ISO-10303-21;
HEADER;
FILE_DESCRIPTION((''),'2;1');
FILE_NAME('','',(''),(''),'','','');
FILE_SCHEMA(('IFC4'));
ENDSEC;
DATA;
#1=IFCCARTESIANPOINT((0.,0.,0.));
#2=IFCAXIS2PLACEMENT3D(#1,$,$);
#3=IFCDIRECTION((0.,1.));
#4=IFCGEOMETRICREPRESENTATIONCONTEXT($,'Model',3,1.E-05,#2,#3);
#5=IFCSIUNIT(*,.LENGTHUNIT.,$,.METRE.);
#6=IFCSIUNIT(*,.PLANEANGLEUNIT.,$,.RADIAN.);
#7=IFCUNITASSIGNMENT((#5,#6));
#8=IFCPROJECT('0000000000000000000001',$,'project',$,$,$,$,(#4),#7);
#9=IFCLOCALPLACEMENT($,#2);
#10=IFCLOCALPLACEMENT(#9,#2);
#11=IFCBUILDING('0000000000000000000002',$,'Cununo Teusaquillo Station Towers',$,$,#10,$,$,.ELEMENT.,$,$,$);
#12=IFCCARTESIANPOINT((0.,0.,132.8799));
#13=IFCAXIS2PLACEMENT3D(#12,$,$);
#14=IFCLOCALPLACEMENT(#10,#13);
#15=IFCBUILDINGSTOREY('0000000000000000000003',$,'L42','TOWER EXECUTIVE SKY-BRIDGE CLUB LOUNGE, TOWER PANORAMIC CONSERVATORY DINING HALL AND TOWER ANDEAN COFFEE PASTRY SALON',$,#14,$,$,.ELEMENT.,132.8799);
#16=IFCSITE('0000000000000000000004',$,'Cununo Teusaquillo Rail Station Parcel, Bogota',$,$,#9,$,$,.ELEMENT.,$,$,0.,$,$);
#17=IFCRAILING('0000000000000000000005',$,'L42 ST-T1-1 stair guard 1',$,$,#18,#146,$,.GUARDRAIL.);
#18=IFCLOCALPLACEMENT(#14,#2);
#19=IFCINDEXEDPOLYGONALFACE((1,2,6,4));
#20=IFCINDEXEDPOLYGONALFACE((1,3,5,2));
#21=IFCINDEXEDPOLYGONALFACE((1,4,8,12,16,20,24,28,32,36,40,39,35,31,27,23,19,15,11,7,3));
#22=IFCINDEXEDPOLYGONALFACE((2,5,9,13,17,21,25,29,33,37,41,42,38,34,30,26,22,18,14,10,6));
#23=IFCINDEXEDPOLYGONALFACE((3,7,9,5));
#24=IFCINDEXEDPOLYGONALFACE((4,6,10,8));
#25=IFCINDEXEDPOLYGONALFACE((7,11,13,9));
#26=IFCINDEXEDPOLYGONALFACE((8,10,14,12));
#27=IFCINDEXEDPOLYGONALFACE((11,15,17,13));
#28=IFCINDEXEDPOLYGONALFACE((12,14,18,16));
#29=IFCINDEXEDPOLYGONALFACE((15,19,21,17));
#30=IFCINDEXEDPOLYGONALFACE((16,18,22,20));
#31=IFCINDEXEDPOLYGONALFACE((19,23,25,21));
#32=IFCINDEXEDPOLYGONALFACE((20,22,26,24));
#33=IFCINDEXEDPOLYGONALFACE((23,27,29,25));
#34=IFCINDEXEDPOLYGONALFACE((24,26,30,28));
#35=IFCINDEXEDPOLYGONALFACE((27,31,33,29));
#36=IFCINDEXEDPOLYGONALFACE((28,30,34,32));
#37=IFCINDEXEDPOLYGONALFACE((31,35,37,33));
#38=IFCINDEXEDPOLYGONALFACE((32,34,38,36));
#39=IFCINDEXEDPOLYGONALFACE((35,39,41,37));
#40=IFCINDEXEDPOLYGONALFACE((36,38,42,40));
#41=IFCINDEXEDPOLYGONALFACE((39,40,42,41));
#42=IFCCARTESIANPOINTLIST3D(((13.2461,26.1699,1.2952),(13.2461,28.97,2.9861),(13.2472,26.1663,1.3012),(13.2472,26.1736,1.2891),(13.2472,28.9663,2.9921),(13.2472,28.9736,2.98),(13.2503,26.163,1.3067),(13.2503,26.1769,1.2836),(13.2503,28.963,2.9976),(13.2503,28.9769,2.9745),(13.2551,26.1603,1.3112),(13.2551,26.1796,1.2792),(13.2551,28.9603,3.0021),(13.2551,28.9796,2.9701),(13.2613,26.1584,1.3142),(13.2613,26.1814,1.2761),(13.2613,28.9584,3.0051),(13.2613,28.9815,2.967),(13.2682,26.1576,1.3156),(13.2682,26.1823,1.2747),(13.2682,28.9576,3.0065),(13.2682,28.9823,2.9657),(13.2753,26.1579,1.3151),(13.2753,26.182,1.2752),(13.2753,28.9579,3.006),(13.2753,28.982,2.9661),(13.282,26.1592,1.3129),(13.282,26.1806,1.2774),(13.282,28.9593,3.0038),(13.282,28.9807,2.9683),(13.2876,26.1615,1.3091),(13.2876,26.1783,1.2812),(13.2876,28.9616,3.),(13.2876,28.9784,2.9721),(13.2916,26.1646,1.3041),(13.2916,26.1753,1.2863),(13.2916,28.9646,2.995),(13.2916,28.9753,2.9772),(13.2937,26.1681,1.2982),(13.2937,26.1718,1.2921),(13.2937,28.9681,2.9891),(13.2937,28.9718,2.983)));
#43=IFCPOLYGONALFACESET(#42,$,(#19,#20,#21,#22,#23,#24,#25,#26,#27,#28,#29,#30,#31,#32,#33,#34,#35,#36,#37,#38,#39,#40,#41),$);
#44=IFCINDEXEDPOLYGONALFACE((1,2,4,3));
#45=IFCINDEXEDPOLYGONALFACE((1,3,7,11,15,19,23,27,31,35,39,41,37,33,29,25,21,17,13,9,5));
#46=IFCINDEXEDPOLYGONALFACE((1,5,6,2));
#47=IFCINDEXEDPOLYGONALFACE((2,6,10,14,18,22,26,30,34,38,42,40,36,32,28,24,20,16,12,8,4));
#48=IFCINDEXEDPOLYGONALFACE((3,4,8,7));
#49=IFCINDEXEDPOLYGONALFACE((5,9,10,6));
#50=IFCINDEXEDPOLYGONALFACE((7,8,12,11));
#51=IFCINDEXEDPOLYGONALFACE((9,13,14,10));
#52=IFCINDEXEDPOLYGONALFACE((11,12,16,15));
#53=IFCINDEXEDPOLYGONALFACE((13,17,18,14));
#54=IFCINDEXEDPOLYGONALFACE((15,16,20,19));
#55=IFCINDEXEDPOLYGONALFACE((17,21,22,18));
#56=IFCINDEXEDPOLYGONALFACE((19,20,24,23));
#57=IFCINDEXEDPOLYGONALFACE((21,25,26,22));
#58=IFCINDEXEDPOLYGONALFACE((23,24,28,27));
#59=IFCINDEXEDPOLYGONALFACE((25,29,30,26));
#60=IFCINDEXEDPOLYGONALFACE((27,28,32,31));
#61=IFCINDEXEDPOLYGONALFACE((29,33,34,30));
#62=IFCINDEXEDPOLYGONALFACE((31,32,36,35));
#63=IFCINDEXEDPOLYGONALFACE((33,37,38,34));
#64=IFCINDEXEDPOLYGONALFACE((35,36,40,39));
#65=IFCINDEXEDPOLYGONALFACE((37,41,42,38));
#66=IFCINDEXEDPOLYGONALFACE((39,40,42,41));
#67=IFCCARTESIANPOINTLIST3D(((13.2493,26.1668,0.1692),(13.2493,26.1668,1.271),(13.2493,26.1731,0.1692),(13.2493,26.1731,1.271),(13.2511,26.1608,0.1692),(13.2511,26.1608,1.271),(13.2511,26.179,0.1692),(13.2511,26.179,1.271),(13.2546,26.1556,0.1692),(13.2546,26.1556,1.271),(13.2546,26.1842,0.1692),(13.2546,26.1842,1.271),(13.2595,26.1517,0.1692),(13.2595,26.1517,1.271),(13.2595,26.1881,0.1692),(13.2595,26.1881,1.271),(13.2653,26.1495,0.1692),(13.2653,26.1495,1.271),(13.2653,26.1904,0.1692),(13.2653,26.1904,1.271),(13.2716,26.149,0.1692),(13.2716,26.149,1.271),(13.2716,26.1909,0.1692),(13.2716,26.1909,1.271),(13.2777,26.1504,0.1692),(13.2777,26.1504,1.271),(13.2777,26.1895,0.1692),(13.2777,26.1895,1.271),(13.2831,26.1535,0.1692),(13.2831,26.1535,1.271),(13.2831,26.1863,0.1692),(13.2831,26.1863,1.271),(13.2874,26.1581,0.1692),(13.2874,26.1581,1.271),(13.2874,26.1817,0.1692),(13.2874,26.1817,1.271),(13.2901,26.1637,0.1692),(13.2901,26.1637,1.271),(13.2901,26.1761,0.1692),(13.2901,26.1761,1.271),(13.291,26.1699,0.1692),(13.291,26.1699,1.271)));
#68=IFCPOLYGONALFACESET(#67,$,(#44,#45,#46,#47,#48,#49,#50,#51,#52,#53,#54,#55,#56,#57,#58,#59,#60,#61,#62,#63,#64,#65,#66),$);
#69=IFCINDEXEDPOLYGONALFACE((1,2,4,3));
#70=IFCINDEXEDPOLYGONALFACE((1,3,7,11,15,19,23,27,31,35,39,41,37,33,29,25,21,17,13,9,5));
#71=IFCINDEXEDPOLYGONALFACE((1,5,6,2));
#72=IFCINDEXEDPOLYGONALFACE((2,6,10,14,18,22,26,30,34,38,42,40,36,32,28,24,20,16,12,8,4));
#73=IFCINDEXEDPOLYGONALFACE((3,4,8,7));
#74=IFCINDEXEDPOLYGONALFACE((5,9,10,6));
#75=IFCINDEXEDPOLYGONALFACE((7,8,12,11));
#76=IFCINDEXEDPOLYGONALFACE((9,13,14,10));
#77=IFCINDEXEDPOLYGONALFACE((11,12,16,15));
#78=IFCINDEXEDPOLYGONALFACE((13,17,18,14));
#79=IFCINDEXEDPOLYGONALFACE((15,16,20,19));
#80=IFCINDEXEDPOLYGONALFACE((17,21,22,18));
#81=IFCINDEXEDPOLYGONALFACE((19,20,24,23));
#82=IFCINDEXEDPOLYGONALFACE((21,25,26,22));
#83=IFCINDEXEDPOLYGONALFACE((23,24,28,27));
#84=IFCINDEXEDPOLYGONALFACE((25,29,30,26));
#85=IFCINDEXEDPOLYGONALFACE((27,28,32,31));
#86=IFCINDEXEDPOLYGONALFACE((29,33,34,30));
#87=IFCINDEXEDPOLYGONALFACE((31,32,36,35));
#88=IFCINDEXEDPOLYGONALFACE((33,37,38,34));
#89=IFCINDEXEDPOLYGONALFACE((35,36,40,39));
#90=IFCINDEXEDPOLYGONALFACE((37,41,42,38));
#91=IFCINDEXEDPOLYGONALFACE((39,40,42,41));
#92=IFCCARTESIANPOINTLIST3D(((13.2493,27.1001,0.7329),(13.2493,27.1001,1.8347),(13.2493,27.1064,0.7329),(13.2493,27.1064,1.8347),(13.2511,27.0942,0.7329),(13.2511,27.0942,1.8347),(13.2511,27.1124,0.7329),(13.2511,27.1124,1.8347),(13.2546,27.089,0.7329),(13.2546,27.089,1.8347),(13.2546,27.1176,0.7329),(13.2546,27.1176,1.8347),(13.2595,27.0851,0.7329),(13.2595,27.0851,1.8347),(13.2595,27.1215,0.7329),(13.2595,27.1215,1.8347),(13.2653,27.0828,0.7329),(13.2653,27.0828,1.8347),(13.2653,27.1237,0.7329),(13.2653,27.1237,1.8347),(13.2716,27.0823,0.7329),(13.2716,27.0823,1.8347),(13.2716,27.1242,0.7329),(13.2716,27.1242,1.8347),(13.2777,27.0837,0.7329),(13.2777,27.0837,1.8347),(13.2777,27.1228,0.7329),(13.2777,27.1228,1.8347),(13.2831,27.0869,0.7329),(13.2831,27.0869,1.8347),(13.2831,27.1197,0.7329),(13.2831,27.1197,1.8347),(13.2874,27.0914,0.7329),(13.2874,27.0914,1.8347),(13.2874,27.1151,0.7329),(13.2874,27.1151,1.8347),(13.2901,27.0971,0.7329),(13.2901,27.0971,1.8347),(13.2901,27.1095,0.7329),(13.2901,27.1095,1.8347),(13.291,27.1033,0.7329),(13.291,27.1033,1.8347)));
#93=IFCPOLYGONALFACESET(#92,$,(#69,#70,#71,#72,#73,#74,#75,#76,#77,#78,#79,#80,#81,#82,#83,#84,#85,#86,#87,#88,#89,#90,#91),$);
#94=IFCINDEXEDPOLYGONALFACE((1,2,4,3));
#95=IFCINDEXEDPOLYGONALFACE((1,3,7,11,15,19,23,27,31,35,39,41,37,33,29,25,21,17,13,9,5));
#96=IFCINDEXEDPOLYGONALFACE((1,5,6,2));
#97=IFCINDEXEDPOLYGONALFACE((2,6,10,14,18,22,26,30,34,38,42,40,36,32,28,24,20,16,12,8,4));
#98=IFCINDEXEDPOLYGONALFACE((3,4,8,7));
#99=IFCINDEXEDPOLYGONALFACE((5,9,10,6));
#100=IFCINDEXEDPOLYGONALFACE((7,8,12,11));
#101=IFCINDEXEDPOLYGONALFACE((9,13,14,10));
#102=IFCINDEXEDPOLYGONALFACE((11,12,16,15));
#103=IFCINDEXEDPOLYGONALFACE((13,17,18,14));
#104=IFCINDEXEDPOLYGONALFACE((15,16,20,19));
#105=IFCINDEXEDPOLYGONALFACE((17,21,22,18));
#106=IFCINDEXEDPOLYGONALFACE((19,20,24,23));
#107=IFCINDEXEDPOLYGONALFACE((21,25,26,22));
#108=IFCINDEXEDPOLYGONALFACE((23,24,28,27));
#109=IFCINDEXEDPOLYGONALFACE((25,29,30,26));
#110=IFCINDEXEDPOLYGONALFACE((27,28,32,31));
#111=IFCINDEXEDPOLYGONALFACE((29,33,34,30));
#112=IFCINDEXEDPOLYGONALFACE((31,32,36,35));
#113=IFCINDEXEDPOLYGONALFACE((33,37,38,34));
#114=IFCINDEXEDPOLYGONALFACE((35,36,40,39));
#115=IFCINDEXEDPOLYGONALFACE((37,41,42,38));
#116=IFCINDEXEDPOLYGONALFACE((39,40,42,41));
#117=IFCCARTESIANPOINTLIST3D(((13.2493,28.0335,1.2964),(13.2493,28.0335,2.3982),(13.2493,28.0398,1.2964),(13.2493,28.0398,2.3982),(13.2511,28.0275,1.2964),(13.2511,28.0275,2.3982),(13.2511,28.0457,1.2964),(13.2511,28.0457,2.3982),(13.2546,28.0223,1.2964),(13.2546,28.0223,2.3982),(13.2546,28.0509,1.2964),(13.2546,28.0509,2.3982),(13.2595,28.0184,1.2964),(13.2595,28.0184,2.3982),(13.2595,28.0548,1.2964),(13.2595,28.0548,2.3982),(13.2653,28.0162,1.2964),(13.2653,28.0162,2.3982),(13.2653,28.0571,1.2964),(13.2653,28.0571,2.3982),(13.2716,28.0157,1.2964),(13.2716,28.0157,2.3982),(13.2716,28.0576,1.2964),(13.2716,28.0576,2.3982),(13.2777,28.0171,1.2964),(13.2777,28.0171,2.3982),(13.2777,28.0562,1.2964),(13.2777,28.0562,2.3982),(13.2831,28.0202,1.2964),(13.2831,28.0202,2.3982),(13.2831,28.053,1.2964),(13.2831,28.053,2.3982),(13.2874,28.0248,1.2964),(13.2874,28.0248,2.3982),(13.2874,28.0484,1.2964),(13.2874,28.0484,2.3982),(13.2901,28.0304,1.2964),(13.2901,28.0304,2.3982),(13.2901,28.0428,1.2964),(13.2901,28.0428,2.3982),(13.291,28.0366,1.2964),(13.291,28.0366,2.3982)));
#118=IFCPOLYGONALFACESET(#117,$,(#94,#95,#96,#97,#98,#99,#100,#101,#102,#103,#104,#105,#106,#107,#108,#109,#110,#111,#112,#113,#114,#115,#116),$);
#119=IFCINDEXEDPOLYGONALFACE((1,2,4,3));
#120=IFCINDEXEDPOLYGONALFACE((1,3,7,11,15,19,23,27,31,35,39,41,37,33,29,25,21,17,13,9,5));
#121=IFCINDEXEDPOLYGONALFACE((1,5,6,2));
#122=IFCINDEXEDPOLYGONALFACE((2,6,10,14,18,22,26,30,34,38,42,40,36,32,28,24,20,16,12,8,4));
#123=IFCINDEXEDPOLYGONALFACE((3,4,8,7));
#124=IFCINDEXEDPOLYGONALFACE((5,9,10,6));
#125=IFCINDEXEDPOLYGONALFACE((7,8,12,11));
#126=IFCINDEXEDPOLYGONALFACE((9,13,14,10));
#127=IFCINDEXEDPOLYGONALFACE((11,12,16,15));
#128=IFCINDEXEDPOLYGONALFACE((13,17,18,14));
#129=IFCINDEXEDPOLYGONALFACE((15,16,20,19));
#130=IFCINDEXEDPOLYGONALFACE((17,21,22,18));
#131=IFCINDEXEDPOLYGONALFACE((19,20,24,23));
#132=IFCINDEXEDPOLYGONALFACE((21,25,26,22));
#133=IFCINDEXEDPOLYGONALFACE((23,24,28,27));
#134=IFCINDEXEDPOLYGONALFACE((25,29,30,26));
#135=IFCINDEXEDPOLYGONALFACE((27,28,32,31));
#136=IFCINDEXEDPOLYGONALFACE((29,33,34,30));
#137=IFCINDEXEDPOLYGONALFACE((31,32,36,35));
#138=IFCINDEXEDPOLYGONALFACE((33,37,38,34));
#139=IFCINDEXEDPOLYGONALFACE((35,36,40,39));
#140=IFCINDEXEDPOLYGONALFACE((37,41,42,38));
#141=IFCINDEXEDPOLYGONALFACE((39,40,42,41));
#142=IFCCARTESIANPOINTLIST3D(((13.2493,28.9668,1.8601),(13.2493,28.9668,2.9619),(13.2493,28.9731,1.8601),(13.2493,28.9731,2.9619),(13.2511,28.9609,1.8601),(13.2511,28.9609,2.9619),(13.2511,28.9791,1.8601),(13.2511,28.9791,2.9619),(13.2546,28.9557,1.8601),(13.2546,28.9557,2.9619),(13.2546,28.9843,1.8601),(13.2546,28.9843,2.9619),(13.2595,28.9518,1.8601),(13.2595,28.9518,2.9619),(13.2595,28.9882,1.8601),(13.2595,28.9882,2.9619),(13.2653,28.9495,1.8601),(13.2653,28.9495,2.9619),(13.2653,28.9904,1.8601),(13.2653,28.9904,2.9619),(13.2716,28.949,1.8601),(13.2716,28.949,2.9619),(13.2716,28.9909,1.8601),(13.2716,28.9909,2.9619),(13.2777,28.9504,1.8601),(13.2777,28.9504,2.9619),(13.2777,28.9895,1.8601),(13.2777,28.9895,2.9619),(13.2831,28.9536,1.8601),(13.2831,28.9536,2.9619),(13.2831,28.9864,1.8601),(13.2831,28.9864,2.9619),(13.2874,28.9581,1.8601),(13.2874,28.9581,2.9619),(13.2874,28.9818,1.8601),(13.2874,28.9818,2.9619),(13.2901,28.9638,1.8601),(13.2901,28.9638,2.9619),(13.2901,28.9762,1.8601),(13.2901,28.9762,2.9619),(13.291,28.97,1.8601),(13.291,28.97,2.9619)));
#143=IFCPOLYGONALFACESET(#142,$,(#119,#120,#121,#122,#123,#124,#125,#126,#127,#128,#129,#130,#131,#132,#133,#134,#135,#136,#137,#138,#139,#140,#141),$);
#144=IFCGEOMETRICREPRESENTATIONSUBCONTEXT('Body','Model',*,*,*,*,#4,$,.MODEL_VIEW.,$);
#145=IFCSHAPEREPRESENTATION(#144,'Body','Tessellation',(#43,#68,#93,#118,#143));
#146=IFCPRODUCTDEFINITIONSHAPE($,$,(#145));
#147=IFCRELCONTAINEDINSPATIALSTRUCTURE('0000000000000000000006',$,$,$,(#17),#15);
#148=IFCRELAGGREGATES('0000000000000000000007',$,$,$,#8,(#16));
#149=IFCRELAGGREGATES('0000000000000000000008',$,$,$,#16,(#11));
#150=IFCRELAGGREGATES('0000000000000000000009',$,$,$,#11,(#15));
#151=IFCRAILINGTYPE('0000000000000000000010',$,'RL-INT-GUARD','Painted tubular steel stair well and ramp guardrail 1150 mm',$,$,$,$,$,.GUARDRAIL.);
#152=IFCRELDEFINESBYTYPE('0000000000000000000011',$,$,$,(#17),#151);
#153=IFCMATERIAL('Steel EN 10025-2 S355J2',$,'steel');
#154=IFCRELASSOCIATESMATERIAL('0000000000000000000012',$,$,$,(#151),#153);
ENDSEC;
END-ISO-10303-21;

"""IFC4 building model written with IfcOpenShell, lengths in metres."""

from ifc_helpers import new_model, si_unit, direction, frame, origin, origin_2d, place, context, subcontext, project, spatial, circle, extrude, material, type_object, element, save


model = new_model("IFC4")

# Units and contexts
model_context = context("Model", 3, precision=1e-05, world=origin(), true_north=direction((0.0, 1.0)))
body_context = subcontext(model_context, "Body", "Model", "MODEL_VIEW")
ifc_project = project(units=[si_unit("LENGTHUNIT", "METRE"), si_unit("PLANEANGLEUNIT", "RADIAN")], contexts=[model_context])

# Site, building, storey
site_placement = place(None, origin())
site = spatial("IfcSite", under=ifc_project, at=site_placement, Name="Cununo Teusaquillo Rail Station Parcel, Bogota", CompositionType="ELEMENT", RefElevation=0.0)
building_placement = place(site_placement, origin())
building = spatial("IfcBuilding", under=site, at=building_placement, Name="Cununo Teusaquillo Station Towers", CompositionType="ELEMENT")
storey_placement = place(building_placement, frame((0.0, 0.0, 132.8799)))
storey = spatial("IfcBuildingStorey", under=building, at=storey_placement, Name="L42", Description="TOWER EXECUTIVE SKY-BRIDGE CLUB LOUNGE, TOWER PANORAMIC CONSERVATORY DINING HALL AND TOWER ANDEAN COFFEE PASTRY SALON", CompositionType="ELEMENT", Elevation=132.8799)

# Railing
ifc_material_1 = material(Name="Steel EN 10025-2 S355J2", Category="steel")
railing_type_1 = type_object("IfcRailingType", Name="RL-INT-GUARD", Description="Painted tubular steel stair well and ramp guardrail 1150 mm", PredefinedType="GUARDRAIL", material=ifc_material_1)
railing_1_placement = place(storey_placement, frame((13.27, 26.1699, 0.1692)))
element("IfcRailing", 1, at=railing_1_placement, inside=storey, type_object=railing_type_1, Name="L42 ST-T1-1 stair guard 1", PredefinedType="GUARDRAIL", context=body_context, shape_type="SweptSolid", body=[
    extrude(circle(Radius=0.0239, at=origin_2d()), frame((0.0, 0.0, 1.126), z_axis=(0.0, 0.856021, 0.516941), x_axis=(-1.0, 0.0, 0.0)), (0.0, 0.0, 1.0), 3.271),
    extrude(circle(Radius=0.021, at=origin_2d()), origin(), (0.0, 0.0, 1.0), 1.1018),
    extrude(circle(Radius=0.021, at=origin_2d()), frame((0.0, 0.9333, 0.5637)), (0.0, 0.0, 1.0), 1.1018),
    extrude(circle(Radius=0.021, at=origin_2d()), frame((0.0, 1.8667, 1.1272)), (0.0, 0.0, 1.0), 1.1018),
    extrude(circle(Radius=0.021, at=origin_2d()), frame((0.0, 2.8, 1.6909)), (0.0, 0.0, 1.0), 1.1018),
])

save(model, "model.ifc")
